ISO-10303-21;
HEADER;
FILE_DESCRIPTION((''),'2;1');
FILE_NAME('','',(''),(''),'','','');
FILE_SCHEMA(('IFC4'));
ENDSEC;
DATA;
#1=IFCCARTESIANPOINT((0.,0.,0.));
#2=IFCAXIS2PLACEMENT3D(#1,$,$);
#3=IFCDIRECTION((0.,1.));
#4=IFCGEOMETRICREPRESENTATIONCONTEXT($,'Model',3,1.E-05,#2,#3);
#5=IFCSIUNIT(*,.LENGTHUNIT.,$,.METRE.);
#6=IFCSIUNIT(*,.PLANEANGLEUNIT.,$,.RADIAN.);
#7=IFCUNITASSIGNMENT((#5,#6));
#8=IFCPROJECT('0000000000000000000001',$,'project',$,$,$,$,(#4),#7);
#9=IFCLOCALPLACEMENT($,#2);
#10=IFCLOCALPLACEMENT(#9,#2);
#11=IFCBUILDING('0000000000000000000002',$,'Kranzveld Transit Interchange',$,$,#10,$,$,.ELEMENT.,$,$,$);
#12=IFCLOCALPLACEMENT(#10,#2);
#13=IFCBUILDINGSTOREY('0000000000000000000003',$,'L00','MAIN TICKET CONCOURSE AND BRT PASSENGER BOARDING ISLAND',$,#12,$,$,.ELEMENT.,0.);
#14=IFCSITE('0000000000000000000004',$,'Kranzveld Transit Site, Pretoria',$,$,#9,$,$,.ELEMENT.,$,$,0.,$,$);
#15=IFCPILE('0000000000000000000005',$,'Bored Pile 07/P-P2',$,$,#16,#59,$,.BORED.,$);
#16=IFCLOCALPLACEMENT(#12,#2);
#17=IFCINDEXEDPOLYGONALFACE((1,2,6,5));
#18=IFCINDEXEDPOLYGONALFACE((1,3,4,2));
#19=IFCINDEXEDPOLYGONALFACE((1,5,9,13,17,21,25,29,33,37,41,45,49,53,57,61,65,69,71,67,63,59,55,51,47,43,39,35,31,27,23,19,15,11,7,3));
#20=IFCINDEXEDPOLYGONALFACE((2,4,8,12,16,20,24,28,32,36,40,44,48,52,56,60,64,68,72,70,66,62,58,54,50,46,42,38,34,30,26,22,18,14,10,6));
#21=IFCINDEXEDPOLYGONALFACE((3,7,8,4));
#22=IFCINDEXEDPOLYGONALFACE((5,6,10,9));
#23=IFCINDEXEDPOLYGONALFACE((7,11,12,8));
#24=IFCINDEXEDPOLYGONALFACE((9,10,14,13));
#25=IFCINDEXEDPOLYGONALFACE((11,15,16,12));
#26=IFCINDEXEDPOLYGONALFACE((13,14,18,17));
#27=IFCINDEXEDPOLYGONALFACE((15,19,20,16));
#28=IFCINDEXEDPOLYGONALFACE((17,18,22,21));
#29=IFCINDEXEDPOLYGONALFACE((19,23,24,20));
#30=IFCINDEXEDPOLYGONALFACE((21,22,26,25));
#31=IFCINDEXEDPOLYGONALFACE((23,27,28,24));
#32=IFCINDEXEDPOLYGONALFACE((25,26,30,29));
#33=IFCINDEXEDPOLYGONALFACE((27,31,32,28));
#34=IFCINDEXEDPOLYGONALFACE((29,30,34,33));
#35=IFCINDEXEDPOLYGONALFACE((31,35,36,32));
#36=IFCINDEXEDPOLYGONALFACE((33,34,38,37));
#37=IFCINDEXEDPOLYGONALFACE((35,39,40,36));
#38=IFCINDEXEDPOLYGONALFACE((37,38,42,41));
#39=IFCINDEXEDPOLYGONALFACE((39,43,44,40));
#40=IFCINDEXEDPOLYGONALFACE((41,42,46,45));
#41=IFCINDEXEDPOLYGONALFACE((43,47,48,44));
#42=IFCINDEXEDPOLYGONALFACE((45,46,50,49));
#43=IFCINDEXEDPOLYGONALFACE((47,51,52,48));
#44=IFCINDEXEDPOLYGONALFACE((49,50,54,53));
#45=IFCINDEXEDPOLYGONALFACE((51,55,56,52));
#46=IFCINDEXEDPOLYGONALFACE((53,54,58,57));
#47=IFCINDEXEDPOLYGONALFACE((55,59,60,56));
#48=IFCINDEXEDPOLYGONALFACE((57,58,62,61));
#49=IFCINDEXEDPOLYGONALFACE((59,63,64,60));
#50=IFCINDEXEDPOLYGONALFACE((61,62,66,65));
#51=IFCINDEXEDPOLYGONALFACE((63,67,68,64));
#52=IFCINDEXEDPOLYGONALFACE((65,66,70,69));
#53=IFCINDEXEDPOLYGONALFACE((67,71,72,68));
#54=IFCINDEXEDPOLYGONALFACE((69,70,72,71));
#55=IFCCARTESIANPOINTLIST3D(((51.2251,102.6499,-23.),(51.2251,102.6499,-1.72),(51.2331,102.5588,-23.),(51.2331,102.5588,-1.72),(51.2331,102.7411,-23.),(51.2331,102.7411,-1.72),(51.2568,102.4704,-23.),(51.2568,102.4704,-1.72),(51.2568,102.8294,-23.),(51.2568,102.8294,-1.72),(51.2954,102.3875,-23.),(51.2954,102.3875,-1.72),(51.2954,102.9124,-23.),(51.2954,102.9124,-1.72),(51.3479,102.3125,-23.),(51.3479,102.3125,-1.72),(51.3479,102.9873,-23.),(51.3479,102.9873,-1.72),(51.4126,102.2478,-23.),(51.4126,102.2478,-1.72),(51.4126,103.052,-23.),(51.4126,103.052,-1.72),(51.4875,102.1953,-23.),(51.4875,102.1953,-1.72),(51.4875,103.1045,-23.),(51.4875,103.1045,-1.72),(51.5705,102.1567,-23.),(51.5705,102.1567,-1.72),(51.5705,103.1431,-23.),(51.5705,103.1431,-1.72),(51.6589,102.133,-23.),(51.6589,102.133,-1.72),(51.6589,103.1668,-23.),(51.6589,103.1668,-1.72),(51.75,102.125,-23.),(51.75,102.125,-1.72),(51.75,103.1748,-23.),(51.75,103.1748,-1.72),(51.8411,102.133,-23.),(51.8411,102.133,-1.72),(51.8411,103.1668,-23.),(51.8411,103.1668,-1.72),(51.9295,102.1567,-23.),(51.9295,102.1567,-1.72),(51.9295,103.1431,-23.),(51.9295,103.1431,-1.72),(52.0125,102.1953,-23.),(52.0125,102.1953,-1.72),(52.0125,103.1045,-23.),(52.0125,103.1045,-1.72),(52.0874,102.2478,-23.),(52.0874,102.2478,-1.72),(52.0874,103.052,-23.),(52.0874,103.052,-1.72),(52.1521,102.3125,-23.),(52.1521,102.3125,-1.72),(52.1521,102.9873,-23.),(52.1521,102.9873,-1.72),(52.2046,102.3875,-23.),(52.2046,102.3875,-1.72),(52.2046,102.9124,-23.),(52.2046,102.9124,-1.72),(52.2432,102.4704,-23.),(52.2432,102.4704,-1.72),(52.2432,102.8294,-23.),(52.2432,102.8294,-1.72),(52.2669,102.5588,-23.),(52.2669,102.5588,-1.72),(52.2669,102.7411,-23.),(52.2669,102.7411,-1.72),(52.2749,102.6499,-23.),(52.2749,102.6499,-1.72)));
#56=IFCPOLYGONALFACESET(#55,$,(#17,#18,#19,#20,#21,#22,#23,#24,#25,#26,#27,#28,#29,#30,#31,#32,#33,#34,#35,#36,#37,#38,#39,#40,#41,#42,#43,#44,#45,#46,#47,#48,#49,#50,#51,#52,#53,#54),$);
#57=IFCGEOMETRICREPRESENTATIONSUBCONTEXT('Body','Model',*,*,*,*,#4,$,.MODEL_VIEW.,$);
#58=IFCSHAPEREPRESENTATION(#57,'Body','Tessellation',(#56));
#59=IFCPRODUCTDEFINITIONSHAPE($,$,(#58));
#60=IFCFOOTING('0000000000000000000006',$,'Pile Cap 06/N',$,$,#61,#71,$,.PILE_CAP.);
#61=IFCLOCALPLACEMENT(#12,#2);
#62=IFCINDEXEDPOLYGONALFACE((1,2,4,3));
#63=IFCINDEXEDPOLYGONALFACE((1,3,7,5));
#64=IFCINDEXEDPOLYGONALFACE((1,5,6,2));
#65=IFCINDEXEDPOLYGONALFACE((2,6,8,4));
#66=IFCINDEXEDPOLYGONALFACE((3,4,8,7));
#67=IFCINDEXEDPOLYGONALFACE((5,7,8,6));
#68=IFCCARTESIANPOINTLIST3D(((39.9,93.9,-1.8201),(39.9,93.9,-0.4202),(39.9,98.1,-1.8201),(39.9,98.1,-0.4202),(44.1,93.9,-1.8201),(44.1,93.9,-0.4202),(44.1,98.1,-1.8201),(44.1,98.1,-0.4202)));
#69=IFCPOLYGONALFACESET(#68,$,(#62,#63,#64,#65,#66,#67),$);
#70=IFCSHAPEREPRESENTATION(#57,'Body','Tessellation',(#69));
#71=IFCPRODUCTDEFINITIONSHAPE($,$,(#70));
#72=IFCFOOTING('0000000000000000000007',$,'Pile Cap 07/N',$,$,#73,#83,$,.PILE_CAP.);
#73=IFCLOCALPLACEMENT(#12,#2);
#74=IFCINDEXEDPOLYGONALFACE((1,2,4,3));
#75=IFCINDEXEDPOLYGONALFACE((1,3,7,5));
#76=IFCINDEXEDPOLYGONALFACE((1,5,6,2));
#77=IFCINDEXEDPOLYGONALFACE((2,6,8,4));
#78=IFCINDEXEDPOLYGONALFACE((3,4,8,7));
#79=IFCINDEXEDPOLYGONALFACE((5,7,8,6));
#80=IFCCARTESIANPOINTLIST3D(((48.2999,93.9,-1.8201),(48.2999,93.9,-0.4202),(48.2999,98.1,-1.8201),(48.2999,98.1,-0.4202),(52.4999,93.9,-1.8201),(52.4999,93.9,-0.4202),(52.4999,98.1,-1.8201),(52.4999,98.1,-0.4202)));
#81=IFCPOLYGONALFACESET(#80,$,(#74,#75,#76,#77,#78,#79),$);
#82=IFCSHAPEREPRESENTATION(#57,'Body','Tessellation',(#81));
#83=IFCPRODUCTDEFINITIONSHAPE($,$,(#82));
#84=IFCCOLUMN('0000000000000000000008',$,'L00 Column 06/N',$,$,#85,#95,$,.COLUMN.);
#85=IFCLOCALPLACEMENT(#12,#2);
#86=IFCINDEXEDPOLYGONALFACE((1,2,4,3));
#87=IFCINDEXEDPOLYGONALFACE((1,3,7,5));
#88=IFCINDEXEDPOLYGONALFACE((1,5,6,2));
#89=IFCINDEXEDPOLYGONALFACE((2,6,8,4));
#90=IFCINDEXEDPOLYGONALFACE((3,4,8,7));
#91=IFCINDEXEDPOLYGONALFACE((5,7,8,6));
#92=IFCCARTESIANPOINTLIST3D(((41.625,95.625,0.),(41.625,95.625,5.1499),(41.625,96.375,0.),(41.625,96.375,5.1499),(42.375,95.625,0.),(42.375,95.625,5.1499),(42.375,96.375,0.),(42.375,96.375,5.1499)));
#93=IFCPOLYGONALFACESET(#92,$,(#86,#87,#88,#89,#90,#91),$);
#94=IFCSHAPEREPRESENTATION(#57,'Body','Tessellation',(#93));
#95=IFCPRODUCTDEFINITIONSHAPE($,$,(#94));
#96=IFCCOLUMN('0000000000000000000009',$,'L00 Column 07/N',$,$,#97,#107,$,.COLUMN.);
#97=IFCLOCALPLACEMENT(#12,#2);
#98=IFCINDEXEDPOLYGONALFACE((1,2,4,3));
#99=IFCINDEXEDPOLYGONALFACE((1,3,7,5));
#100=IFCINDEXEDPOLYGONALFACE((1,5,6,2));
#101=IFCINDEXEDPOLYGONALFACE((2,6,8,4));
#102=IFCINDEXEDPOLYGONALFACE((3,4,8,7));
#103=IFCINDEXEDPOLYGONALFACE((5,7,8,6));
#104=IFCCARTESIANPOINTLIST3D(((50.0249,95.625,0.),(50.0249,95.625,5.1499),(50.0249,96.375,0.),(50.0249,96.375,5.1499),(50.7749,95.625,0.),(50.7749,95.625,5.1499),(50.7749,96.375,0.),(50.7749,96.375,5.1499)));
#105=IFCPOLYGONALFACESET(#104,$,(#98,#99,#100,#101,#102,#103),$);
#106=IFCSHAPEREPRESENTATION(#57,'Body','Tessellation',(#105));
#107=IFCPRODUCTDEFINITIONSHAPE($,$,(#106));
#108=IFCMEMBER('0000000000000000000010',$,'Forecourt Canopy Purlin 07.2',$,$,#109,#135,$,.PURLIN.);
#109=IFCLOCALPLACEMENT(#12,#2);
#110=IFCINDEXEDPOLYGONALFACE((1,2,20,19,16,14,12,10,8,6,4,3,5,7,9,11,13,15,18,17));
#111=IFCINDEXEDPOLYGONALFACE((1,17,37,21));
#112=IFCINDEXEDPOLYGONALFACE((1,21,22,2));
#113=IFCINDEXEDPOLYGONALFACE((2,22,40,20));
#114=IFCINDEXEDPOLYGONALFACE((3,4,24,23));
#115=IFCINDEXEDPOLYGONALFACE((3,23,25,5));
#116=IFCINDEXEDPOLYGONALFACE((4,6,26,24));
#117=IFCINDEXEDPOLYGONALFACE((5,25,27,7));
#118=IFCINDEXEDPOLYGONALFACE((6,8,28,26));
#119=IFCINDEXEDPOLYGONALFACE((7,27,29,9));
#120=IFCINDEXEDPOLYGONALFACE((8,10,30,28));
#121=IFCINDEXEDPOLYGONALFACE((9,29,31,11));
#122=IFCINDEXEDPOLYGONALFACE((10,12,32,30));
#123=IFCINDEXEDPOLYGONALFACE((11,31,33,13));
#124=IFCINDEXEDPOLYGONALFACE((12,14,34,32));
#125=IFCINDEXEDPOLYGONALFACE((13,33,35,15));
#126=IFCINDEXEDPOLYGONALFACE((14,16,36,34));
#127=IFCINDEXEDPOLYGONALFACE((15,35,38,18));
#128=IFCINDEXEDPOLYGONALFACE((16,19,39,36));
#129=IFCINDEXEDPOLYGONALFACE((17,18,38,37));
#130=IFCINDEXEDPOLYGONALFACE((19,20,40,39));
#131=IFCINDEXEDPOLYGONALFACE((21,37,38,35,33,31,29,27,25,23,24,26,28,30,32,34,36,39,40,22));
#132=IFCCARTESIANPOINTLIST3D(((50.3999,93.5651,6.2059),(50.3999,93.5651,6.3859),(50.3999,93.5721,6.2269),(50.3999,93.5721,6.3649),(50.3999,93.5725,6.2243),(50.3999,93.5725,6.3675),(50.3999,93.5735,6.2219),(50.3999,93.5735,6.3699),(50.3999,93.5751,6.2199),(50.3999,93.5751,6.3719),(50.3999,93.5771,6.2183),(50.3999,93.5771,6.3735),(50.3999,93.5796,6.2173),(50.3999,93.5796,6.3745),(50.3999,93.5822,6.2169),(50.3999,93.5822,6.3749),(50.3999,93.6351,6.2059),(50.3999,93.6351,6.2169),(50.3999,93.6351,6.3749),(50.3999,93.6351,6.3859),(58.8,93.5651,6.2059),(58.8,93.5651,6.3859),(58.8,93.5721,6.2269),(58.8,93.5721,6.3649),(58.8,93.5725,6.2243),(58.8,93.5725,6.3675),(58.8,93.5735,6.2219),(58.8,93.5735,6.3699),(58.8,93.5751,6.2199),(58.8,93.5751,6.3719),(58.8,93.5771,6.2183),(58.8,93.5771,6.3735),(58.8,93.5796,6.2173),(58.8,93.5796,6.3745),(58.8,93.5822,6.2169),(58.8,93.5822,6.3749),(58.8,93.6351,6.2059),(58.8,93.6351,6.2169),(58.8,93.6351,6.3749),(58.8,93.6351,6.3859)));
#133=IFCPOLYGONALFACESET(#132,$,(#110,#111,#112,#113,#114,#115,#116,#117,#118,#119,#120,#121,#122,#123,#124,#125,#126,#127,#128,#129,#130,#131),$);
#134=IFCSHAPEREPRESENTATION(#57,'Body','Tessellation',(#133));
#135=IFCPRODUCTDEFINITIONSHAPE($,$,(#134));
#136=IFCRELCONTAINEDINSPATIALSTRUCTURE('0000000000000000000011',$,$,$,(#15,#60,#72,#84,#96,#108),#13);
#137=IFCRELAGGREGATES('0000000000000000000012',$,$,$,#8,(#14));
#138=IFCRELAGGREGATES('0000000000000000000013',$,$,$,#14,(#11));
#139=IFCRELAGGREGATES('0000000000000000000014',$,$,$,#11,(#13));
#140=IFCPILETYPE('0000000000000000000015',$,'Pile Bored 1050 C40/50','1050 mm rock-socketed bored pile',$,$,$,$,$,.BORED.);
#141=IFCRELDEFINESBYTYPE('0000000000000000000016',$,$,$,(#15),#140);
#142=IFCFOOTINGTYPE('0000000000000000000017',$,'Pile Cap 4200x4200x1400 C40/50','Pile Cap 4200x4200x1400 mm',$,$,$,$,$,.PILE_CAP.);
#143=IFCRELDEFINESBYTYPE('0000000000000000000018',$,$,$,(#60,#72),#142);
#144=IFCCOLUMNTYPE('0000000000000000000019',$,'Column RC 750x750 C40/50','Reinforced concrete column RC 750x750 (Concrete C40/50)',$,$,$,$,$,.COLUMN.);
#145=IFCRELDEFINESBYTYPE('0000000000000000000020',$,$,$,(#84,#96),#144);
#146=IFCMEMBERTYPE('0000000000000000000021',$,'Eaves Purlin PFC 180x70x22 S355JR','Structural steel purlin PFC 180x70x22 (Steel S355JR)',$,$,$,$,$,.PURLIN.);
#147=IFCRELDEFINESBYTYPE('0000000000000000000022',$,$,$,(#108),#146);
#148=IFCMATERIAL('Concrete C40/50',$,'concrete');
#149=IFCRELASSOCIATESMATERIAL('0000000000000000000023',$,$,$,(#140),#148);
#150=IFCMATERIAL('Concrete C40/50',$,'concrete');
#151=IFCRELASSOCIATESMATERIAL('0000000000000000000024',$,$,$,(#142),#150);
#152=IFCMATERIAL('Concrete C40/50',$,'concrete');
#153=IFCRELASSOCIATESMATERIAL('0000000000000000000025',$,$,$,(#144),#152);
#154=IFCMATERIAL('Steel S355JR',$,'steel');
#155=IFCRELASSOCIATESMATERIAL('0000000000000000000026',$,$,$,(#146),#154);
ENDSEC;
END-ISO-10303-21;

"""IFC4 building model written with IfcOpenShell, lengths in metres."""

from ifc_helpers import new_model, si_unit, direction, frame, origin, origin_2d, place, context, subcontext, project, spatial, rectangle, circle, u_section, extrude, material, material_profile, profile_set, type_object, element, save


model = new_model("IFC4")

# Units and contexts
model_context = context("Model", 3, precision=1e-05, world=origin(), true_north=direction((0.0, 1.0)))
body_context = subcontext(model_context, "Body", "Model", "MODEL_VIEW")
ifc_project = project(units=[si_unit("LENGTHUNIT", "METRE"), si_unit("PLANEANGLEUNIT", "RADIAN")], contexts=[model_context])

# Site, building, storey
site_placement = place(None, origin())
site = spatial("IfcSite", under=ifc_project, at=site_placement, Name="Kranzveld Transit Site, Pretoria", CompositionType="ELEMENT", RefElevation=0.0)
building_placement = place(site_placement, origin())
building = spatial("IfcBuilding", under=site, at=building_placement, Name="Kranzveld Transit Interchange", CompositionType="ELEMENT")
storey_placement = place(building_placement, origin())
storey = spatial("IfcBuildingStorey", under=building, at=storey_placement, Name="L00", Description="MAIN TICKET CONCOURSE AND BRT PASSENGER BOARDING ISLAND", CompositionType="ELEMENT", Elevation=0.0)

# Pile
ifc_material_1 = material(Name="Concrete C40/50", Category="concrete")
ifc_material_profile_1 = material_profile(ifc_material_1, circle(Radius=0.5249, at=origin_2d()), Name="BORED PILE 1050")
ifc_profile_set_1 = profile_set([ifc_material_profile_1], Name="Concrete C40/50")
pile_type = type_object("IfcPileType", Name="Pile Bored 1050 C40/50", Description="1050 mm rock-socketed bored pile", PredefinedType="BORED", material=ifc_profile_set_1)
for number, where, z_axis, x_axis, name in (
    (1, (51.75, 102.6499, -1.72), (0.0, 0.0, -1.0), (1.0, 0.0, 0.0), "Bored Pile 07/P-P2"),
):
    element("IfcPile", number, at=place(storey_placement, frame(where, z_axis=z_axis, x_axis=x_axis)), inside=storey, type_object=pile_type, Name=name, PredefinedType="BORED", context=body_context, shape_type="SweptSolid", body=[
        extrude(circle(Radius=0.5249, at=origin_2d()), origin(), (0.0, 0.0, 1.0), 21.28),
    ])

# Footings
ifc_material_2 = material(Name="Concrete C40/50", Category="concrete")
footing_type = type_object("IfcFootingType", Name="Pile Cap 4200x4200x1400 C40/50", Description="Pile Cap 4200x4200x1400 mm", PredefinedType="PILE_CAP", material=ifc_material_2)
for number, where, z_axis, x_axis, name in (
    (2, (42.0, 96.0, -1.8201), (0.0, 0.0, 1.0), (1.0, 0.0, 0.0), "Pile Cap 06/N"),
    (3, (50.3999, 96.0, -1.8201), (0.0, 0.0, 1.0), (1.0, 0.0, 0.0), "Pile Cap 07/N"),
):
    element("IfcFooting", number, at=place(storey_placement, frame(where, z_axis=z_axis, x_axis=x_axis)), inside=storey, type_object=footing_type, Name=name, PredefinedType="PILE_CAP", context=body_context, shape_type="SweptSolid", body=[
        extrude(rectangle(XDim=4.2, YDim=4.2, at=origin_2d()), origin(), (0.0, 0.0, 1.0), 1.3999),
    ])

# Columns
ifc_material_3 = material(Name="Concrete C40/50", Category="concrete")
ifc_material_profile_2 = material_profile(ifc_material_3, rectangle(XDim=0.75, YDim=0.75, at=origin_2d()), Name="RC 750x750")
ifc_profile_set_2 = profile_set([ifc_material_profile_2], Name="Concrete C40/50")
column_type = type_object("IfcColumnType", Name="Column RC 750x750 C40/50", Description="Reinforced concrete column RC 750x750 (Concrete C40/50)", PredefinedType="COLUMN", material=ifc_profile_set_2)
for number, where, z_axis, x_axis, name in (
    (4, (42.0, 96.0, 0.0), (0.0, 0.0, 1.0), (1.0, 0.0, 0.0), "L00 Column 06/N"),
    (5, (50.3999, 96.0, 0.0), (0.0, 0.0, 1.0), (1.0, 0.0, 0.0), "L00 Column 07/N"),
):
    element("IfcColumn", number, at=place(storey_placement, frame(where, z_axis=z_axis, x_axis=x_axis)), inside=storey, type_object=column_type, Name=name, PredefinedType="COLUMN", context=body_context, shape_type="SweptSolid", body=[
        extrude(rectangle(XDim=0.75, YDim=0.75, at=origin_2d()), origin(), (0.0, 0.0, 1.0), 5.1499),
    ])

# Member
ifc_material_4 = material(Name="Steel S355JR", Category="steel")
ifc_material_profile_3 = material_profile(ifc_material_4, u_section(Depth=0.1799, FlangeWidth=0.0701, WebThickness=0.0071, FlangeThickness=0.011, FilletRadius=0.01, at=origin_2d()), Name="PFC 180x70x22")
ifc_profile_set_3 = profile_set([ifc_material_profile_3], Name="Steel S355JR")
member_type_1 = type_object("IfcMemberType", Name="Eaves Purlin PFC 180x70x22 S355JR", Description="Structural steel purlin PFC 180x70x22 (Steel S355JR)", PredefinedType="PURLIN", material=ifc_profile_set_3)
member_1_placement = place(storey_placement, frame((50.3999, 93.6001, 6.2959), z_axis=(1.0, 0.0, 0.0), x_axis=(0.0, 1.0, 0.0)))
element("IfcMember", 6, at=member_1_placement, inside=storey, type_object=member_type_1, Name="Forecourt Canopy Purlin 07.2", PredefinedType="PURLIN", context=body_context, shape_type="SweptSolid", body=[
    extrude(u_section(Depth=0.1799, FlangeWidth=0.0701, WebThickness=0.0071, FlangeThickness=0.011, FilletRadius=0.01, at=origin_2d()), origin(), (0.0, 0.0, 1.0), 8.4001),
])

save(model, "model.ifc")
